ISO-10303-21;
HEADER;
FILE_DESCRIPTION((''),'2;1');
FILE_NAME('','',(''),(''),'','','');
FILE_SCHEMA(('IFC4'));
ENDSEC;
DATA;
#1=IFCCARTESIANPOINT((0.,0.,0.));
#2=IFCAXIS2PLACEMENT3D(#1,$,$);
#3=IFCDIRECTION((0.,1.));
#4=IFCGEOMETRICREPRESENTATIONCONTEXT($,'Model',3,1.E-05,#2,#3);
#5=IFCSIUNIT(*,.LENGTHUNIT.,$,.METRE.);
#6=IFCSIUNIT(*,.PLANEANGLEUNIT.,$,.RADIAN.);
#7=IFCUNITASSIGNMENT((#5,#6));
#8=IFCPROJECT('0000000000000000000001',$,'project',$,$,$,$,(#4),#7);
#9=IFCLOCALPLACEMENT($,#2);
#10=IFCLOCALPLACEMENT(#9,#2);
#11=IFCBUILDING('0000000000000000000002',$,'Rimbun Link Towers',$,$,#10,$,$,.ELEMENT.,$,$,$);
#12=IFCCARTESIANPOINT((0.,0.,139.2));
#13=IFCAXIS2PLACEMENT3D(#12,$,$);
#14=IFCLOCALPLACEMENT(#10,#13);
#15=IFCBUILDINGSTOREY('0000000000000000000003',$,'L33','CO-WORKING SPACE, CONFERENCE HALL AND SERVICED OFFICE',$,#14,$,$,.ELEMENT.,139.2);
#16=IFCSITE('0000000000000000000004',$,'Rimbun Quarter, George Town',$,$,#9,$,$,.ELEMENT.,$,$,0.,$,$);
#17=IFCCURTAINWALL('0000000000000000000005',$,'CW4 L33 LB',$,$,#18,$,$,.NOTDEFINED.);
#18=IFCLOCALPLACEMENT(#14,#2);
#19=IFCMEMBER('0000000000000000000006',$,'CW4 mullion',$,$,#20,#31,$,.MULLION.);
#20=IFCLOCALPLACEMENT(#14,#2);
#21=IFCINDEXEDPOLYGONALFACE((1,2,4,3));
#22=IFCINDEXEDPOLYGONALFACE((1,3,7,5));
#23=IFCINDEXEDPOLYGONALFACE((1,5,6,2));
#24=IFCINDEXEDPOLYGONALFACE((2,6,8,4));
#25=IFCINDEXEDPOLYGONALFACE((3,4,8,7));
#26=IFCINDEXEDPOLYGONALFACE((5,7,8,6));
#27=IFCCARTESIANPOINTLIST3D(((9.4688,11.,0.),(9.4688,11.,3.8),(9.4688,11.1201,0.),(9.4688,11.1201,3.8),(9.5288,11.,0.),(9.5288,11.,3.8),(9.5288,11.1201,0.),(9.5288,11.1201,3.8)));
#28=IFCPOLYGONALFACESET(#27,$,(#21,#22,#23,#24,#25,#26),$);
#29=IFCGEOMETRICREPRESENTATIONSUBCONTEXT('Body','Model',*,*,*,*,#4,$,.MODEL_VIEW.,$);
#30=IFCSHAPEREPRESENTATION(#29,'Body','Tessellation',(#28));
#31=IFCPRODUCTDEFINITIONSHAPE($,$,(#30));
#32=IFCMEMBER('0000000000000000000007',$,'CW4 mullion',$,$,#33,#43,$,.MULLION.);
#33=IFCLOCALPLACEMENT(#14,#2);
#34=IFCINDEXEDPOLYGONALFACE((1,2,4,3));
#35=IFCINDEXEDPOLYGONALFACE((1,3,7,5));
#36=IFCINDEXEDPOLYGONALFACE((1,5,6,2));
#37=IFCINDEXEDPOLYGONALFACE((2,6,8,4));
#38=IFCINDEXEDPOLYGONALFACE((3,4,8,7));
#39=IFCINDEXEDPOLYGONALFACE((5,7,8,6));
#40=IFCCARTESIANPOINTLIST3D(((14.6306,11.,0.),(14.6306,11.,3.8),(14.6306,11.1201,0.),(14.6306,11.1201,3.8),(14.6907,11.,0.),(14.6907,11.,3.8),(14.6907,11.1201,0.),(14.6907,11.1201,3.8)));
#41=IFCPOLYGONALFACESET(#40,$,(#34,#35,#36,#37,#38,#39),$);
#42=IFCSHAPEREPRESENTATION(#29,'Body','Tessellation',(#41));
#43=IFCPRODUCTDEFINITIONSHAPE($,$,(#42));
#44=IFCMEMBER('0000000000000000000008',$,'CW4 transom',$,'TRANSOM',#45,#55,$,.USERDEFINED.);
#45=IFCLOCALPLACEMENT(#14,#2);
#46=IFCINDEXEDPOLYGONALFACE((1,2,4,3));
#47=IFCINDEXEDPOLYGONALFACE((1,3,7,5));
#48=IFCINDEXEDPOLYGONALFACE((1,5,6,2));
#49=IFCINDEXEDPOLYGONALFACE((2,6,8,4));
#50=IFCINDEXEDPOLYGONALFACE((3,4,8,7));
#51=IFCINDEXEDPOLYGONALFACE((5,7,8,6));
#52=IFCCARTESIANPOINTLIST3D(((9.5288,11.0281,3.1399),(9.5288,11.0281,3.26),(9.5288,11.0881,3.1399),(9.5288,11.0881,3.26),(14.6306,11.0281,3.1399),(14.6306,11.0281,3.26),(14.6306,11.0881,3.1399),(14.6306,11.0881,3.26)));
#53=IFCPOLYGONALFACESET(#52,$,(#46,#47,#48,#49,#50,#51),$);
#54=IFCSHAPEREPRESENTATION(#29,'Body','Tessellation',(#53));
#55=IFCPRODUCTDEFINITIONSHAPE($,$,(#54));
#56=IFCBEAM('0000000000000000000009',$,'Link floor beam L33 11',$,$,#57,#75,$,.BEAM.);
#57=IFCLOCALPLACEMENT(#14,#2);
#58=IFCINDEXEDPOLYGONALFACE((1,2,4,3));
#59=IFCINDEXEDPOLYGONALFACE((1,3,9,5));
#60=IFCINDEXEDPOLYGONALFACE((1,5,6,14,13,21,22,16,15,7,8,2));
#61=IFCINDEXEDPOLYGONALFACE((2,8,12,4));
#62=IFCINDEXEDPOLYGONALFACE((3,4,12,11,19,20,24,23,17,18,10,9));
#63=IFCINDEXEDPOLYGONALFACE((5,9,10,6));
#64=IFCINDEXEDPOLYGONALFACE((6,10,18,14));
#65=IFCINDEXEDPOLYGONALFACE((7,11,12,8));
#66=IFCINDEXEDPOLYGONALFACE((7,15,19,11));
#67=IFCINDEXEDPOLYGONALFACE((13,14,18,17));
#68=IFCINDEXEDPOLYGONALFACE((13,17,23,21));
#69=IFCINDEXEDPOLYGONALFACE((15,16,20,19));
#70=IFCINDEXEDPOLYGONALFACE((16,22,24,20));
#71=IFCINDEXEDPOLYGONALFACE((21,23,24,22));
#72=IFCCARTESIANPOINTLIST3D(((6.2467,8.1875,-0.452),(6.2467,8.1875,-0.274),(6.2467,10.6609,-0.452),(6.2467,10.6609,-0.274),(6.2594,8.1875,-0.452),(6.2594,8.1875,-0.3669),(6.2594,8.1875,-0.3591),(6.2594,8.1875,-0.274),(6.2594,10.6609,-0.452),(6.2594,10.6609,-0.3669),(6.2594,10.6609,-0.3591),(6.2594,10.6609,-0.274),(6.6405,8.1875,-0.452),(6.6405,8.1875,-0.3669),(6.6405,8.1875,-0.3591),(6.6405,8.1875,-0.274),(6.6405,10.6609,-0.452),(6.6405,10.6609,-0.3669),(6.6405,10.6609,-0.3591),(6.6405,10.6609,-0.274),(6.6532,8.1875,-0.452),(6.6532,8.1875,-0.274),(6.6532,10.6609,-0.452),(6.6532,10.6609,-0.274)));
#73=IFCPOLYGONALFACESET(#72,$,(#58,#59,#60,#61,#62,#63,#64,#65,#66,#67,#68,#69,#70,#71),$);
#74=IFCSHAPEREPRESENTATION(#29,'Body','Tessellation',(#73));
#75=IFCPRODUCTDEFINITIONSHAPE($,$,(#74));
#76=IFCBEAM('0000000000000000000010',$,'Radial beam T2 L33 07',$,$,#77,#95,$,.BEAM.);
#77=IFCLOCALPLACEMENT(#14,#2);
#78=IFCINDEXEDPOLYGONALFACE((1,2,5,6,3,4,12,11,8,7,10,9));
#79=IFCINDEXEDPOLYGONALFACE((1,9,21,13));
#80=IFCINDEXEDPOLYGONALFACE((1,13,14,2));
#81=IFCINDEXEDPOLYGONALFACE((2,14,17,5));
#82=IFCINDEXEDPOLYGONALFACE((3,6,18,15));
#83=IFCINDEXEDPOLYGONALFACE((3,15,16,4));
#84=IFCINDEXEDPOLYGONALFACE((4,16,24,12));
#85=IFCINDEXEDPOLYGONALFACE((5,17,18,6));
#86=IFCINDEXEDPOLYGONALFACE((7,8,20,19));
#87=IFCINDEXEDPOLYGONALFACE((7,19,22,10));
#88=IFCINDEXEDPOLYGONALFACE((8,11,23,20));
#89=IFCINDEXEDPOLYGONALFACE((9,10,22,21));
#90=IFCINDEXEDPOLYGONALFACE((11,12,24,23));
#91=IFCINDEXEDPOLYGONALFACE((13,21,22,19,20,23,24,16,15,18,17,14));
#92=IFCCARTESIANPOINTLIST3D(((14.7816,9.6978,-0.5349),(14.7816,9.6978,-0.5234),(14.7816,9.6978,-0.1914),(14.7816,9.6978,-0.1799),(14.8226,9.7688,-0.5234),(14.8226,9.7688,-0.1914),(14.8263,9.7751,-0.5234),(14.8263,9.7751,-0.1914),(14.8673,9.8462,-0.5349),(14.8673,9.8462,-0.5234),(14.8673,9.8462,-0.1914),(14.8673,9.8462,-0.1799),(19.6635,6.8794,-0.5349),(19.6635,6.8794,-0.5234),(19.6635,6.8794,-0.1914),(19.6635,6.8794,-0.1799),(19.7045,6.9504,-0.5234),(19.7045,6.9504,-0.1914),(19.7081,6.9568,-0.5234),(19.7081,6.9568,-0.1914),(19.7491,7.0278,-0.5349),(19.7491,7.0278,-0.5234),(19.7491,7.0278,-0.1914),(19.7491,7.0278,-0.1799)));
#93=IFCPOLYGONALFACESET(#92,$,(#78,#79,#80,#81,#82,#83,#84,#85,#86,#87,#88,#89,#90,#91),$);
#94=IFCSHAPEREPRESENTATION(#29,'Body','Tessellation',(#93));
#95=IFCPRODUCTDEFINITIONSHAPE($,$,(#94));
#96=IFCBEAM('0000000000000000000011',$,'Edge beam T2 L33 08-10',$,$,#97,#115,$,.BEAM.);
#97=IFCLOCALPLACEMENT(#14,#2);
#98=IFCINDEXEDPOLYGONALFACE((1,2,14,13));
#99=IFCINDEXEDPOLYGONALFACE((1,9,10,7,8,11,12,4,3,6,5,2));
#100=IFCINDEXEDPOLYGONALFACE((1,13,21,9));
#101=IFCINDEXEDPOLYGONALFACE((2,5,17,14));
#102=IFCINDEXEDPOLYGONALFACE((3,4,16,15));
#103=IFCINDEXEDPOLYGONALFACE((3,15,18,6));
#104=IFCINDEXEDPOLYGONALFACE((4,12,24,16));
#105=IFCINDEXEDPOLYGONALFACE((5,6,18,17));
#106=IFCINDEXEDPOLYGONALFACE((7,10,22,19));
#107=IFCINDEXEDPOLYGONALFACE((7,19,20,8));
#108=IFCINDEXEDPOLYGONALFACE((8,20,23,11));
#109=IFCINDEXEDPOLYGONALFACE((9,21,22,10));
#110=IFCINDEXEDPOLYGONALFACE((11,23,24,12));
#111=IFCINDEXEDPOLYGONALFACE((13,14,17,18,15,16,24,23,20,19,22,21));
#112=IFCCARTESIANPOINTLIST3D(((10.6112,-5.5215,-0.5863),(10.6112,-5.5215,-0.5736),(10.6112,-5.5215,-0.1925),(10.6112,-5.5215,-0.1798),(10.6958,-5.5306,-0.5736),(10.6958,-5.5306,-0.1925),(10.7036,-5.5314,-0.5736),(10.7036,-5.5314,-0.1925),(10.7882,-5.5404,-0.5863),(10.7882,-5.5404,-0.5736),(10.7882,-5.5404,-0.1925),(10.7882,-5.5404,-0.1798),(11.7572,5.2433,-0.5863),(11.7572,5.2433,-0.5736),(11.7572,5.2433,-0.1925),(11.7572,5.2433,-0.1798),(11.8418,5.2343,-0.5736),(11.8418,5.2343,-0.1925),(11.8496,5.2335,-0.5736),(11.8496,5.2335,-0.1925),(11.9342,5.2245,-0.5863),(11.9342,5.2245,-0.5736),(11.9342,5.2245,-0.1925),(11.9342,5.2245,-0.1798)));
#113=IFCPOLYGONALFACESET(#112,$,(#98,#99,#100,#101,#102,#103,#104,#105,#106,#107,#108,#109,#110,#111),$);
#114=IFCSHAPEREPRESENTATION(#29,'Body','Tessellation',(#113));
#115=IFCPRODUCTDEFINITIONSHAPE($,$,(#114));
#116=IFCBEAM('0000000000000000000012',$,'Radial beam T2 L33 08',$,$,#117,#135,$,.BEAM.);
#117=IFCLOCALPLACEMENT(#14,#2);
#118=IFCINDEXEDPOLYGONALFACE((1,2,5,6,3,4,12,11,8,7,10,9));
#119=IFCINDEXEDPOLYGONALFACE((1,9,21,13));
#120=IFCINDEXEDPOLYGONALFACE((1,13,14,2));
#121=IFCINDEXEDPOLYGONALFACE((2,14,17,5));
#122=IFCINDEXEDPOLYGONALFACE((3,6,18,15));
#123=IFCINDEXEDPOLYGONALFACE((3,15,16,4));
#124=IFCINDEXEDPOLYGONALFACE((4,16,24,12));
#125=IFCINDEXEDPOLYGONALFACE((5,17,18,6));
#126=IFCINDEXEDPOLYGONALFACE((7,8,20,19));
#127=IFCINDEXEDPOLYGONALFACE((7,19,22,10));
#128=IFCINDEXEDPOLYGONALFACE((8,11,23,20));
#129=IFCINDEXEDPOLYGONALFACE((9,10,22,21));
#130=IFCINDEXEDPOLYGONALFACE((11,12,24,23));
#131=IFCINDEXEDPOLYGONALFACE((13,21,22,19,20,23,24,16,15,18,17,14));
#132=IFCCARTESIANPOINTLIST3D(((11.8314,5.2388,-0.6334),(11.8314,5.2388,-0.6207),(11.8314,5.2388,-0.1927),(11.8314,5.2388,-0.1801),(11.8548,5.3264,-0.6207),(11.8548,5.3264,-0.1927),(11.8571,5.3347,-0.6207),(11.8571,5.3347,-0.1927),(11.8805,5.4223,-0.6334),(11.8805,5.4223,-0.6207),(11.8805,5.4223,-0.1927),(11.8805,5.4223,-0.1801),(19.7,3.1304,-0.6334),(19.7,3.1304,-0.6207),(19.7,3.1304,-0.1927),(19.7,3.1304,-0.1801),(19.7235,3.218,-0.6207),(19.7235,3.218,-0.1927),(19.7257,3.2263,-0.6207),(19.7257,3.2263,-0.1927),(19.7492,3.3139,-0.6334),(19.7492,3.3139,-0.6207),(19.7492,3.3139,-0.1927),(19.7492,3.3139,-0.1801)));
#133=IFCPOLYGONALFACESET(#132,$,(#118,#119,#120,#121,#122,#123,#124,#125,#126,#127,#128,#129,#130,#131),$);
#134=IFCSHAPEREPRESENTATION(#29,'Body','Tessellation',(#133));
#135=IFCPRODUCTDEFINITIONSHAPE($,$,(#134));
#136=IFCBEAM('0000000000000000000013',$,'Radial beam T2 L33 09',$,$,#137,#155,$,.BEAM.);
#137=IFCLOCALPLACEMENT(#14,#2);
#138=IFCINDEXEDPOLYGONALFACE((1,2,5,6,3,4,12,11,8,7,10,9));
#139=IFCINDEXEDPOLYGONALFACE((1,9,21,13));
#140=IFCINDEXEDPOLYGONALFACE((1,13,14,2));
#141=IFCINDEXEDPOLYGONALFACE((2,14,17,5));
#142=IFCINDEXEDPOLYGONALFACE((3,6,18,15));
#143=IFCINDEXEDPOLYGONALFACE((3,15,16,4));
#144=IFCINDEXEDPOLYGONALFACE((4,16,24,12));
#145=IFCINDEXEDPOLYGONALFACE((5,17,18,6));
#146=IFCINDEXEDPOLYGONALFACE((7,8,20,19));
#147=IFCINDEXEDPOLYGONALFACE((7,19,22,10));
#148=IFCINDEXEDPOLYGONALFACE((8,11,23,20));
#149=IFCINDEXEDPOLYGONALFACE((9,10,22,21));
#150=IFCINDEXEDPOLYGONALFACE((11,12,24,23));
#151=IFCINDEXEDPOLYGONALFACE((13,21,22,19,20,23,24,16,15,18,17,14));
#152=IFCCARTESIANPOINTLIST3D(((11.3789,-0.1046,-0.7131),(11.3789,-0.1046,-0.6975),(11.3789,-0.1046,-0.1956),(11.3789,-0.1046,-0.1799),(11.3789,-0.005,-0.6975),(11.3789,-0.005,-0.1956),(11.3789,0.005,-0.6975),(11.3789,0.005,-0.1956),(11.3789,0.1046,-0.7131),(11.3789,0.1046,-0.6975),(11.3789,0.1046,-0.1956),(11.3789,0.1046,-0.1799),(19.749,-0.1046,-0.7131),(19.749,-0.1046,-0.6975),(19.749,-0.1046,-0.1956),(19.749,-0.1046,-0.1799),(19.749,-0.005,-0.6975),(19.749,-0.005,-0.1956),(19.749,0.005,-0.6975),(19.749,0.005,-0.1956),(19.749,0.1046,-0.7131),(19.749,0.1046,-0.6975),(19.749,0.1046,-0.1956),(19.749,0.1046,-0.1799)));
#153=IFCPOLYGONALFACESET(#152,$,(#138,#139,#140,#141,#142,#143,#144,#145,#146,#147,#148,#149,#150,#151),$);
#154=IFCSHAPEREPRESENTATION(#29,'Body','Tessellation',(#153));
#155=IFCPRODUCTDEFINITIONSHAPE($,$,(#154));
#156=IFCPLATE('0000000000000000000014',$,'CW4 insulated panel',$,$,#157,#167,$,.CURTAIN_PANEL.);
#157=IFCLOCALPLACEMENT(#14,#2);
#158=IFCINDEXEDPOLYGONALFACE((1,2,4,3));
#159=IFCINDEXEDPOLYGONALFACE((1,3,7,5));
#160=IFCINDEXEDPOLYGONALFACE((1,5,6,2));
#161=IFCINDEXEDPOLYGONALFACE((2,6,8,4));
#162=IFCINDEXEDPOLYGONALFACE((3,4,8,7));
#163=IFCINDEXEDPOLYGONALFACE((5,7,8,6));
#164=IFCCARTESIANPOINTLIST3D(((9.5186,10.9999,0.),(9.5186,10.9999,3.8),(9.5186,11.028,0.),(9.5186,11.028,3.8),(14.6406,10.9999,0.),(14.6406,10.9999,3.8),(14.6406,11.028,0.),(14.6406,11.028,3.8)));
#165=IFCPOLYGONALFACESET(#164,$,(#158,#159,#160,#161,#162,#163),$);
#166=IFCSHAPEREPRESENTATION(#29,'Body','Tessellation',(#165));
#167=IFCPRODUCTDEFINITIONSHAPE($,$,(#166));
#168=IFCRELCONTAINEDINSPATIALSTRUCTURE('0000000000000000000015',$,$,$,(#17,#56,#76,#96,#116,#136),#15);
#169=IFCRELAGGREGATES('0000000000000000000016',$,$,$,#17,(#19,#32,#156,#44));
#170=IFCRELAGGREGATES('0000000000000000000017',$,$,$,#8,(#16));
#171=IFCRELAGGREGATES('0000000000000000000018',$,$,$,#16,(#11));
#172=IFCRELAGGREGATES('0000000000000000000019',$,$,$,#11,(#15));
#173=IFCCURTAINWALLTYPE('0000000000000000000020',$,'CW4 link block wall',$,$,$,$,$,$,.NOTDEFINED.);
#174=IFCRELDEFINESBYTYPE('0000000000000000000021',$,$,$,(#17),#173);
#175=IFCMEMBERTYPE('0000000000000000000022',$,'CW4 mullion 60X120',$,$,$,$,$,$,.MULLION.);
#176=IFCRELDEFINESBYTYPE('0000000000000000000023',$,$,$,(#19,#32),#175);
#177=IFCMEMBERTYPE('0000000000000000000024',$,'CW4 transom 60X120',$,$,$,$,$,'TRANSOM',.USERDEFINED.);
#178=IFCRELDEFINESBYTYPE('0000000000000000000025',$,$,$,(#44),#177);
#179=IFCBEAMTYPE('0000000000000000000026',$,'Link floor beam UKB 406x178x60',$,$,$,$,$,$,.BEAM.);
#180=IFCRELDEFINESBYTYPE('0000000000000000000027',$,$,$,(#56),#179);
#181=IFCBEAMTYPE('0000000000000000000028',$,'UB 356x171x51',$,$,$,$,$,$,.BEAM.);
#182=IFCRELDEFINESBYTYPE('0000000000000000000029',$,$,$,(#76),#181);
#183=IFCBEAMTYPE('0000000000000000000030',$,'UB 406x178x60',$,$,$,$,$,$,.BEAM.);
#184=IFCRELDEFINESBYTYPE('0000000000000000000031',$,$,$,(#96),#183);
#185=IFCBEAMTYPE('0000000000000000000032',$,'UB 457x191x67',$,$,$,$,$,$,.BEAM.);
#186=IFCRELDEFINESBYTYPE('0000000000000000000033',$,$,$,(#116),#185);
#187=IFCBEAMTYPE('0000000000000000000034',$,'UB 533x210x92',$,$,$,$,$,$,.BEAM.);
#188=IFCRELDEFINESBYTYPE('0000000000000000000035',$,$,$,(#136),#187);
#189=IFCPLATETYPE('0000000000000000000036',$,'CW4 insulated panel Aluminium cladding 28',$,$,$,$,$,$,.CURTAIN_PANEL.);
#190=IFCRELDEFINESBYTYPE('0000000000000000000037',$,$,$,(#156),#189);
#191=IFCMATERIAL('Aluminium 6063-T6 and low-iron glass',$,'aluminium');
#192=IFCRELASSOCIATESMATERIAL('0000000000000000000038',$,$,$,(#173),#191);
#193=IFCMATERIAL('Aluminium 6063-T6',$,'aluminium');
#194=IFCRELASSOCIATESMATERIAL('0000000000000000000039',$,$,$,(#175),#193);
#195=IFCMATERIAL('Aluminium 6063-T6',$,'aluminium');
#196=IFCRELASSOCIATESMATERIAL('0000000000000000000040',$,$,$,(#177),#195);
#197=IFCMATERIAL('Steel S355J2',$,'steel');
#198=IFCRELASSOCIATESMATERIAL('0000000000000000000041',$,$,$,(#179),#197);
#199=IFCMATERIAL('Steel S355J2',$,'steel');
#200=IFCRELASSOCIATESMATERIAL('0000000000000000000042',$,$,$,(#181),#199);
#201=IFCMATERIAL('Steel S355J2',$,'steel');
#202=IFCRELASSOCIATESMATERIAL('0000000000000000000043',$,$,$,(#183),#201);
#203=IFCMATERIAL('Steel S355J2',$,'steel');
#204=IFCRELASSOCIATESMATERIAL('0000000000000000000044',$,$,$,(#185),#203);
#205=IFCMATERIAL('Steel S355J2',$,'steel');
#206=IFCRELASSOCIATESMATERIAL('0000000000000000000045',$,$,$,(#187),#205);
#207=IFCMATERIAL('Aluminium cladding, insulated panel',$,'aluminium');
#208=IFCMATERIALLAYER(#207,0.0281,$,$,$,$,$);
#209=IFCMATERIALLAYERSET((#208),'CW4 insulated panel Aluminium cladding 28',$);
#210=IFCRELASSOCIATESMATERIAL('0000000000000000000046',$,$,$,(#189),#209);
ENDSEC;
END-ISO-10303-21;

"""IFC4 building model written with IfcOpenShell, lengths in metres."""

from ifc_helpers import new_model, si_unit, direction, frame, origin, origin_2d, place, context, subcontext, project, spatial, rectangle, i_section, extrude, material, layer, layer_set, material_profile, profile_set, type_object, element, aggregate, save


model = new_model("IFC4")

# Units and contexts
model_context = context("Model", 3, precision=1e-05, world=origin(), true_north=direction((0.0, 1.0)))
body_context = subcontext(model_context, "Body", "Model", "MODEL_VIEW")
ifc_project = project(units=[si_unit("LENGTHUNIT", "METRE"), si_unit("PLANEANGLEUNIT", "RADIAN")], contexts=[model_context])

# Site, building, storey
site_placement = place(None, origin())
site = spatial("IfcSite", under=ifc_project, at=site_placement, Name="Rimbun Quarter, George Town", CompositionType="ELEMENT", RefElevation=0.0)
building_placement = place(site_placement, origin())
building = spatial("IfcBuilding", under=site, at=building_placement, Name="Rimbun Link Towers", CompositionType="ELEMENT")
storey_placement = place(building_placement, frame((0.0, 0.0, 139.2)))
storey = spatial("IfcBuildingStorey", under=building, at=storey_placement, Name="L33", Description="CO-WORKING SPACE, CONFERENCE HALL AND SERVICED OFFICE", CompositionType="ELEMENT", Elevation=139.2)

# Curtain wall, members
ifc_material_1 = material(Name="Aluminium 6063-T6 and low-iron glass", Category="aluminium")
curtain_wall_type = type_object("IfcCurtainWallType", Name="CW4 link block wall", PredefinedType="NOTDEFINED", material=ifc_material_1)
curtain_wall_placement = place(storey_placement, origin())
curtain_wall = element("IfcCurtainWall", 1, at=curtain_wall_placement, inside=storey, type_object=curtain_wall_type, Name="CW4 L33 LB", PredefinedType="NOTDEFINED")
ifc_material_2 = material(Name="Aluminium 6063-T6", Category="aluminium")
ifc_material_profile_1 = material_profile(ifc_material_2, rectangle(XDim=0.1201, YDim=0.0601, at=origin_2d()), Name="MULLION 60X120")
ifc_profile_set_1 = profile_set([ifc_material_profile_1], Name="Aluminium 6063-T6")
member_type_1 = type_object("IfcMemberType", Name="CW4 mullion 60X120", PredefinedType="MULLION", material=ifc_profile_set_1)
member_1_placement = place(storey_placement, frame((9.4988, 11.0601, 0.0), z_axis=(0.0, 0.0, 1.0), x_axis=(0.0, 1.0, 0.0)))
member_1 = element("IfcMember", 2, at=member_1_placement, type_object=member_type_1, Name="CW4 mullion", PredefinedType="MULLION", context=body_context, shape_type="SweptSolid", body=[
    extrude(rectangle(XDim=0.1201, YDim=0.0601, at=origin_2d()), origin(), (0.0, 0.0, 1.0), 3.8),
])
member_2_placement = place(storey_placement, frame((14.6606, 11.0601, 0.0), z_axis=(0.0, 0.0, 1.0), x_axis=(0.0, 1.0, 0.0)))
member_2 = element("IfcMember", 3, at=member_2_placement, type_object=member_type_1, Name="CW4 mullion", PredefinedType="MULLION", context=body_context, shape_type="SweptSolid", body=[
    extrude(rectangle(XDim=0.1201, YDim=0.0601, at=origin_2d()), origin(), (0.0, 0.0, 1.0), 3.8),
])
ifc_material_3 = material(Name="Aluminium 6063-T6", Category="aluminium")
ifc_material_profile_2 = material_profile(ifc_material_3, rectangle(XDim=0.0601, YDim=0.1201, at=origin_2d()), Name="TRANSOM 60X120")
ifc_profile_set_2 = profile_set([ifc_material_profile_2], Name="Aluminium 6063-T6")
member_type_2 = type_object("IfcMemberType", Name="CW4 transom 60X120", ElementType="TRANSOM", PredefinedType="USERDEFINED", material=ifc_profile_set_2)
member_3_placement = place(storey_placement, frame((9.5288, 11.0581, 3.2), z_axis=(1.0, 0.0, 0.0), x_axis=(0.0, 1.0, 0.0)))
member_3 = element("IfcMember", 4, at=member_3_placement, type_object=member_type_2, Name="CW4 transom", ObjectType="TRANSOM", PredefinedType="USERDEFINED", context=body_context, shape_type="SweptSolid", body=[
    extrude(rectangle(XDim=0.0601, YDim=0.1201, at=origin_2d()), origin(), (0.0, 0.0, 1.0), 5.1018),
])

# Beams
ifc_material_4 = material(Name="Steel S355J2", Category="steel")
ifc_material_profile_3 = material_profile(ifc_material_4, i_section(OverallWidth=0.178, OverallDepth=0.4065, WebThickness=0.0078, FlangeThickness=0.0127, at=origin_2d()), Name="UKB 406x178x60")
ifc_profile_set_3 = profile_set([ifc_material_profile_3], Name="Steel S355J2")
beam_type_1 = type_object("IfcBeamType", Name="Link floor beam UKB 406x178x60", PredefinedType="BEAM", material=ifc_profile_set_3)
beam_1_placement = place(storey_placement, frame((6.45, 8.1875, -0.363), z_axis=(0.0, 1.0, 0.0), x_axis=(0.0, 0.0, 1.0)))
element("IfcBeam", 5, at=beam_1_placement, inside=storey, type_object=beam_type_1, Name="Link floor beam L33 11", PredefinedType="BEAM", context=body_context, shape_type="SweptSolid", body=[
    extrude(i_section(OverallWidth=0.178, OverallDepth=0.4065, WebThickness=0.0078, FlangeThickness=0.0127, at=origin_2d()), origin(), (0.0, 0.0, 1.0), 2.4734),
])
ifc_material_5 = material(Name="Steel S355J2", Category="steel")
ifc_material_profile_4 = material_profile(ifc_material_5, i_section(OverallWidth=0.1714, OverallDepth=0.355, WebThickness=0.0073, FlangeThickness=0.0115, at=origin_2d()), Name="UB 356x171x51")
ifc_profile_set_4 = profile_set([ifc_material_profile_4], Name="Steel S355J2")
beam_type_2 = type_object("IfcBeamType", Name="UB 356x171x51", PredefinedType="BEAM", material=ifc_profile_set_4)
beam_2_placement = place(storey_placement, frame((19.7063, 6.9536, -0.3574), z_axis=(-0.866038, 0.499977, 0.0), x_axis=(-0.499977, -0.866038, 0.0)))
element("IfcBeam", 6, at=beam_2_placement, inside=storey, type_object=beam_type_2, Name="Radial beam T2 L33 07", PredefinedType="BEAM", context=body_context, shape_type="SweptSolid", body=[
    extrude(i_section(OverallWidth=0.1714, OverallDepth=0.355, WebThickness=0.0073, FlangeThickness=0.0115, at=origin_2d()), origin(), (0.0, 0.0, 1.0), 5.637),
])
ifc_material_6 = material(Name="Steel S355J2", Category="steel")
ifc_material_profile_5 = material_profile(ifc_material_6, i_section(OverallWidth=0.178, OverallDepth=0.4065, WebThickness=0.0078, FlangeThickness=0.0127, at=origin_2d()), Name="UB 406x178x60")
ifc_profile_set_5 = profile_set([ifc_material_profile_5], Name="Steel S355J2")
beam_type_3 = type_object("IfcBeamType", Name="UB 406x178x60", PredefinedType="BEAM", material=ifc_profile_set_5)
beam_3_placement = place(storey_placement, frame((11.8457, 5.2339, -0.3831), z_axis=(-0.105859, -0.994381, 0.0), x_axis=(0.994381, -0.105859, 0.0)))
element("IfcBeam", 7, at=beam_3_placement, inside=storey, type_object=beam_type_3, Name="Edge beam T2 L33 08-10", PredefinedType="BEAM", context=body_context, shape_type="SweptSolid", body=[
    extrude(i_section(OverallWidth=0.178, OverallDepth=0.4065, WebThickness=0.0078, FlangeThickness=0.0127, at=origin_2d()), origin(), (0.0, 0.0, 1.0), 10.8257),
])
ifc_material_7 = material(Name="Steel S355J2", Category="steel")
ifc_material_profile_6 = material_profile(ifc_material_7, i_section(OverallWidth=0.1899, OverallDepth=0.4534, WebThickness=0.0085, FlangeThickness=0.0127, at=origin_2d()), Name="UB 457x191x67")
ifc_profile_set_6 = profile_set([ifc_material_profile_6], Name="Steel S355J2")
beam_type_4 = type_object("IfcBeamType", Name="UB 457x191x67", PredefinedType="BEAM", material=ifc_profile_set_6)
beam_4_placement = place(storey_placement, frame((19.7246, 3.2222, -0.4067), z_axis=(-0.965926, 0.258819, 0.0), x_axis=(-0.258819, -0.965926, 0.0)))
element("IfcBeam", 8, at=beam_4_placement, inside=storey, type_object=beam_type_4, Name="Radial beam T2 L33 08", PredefinedType="BEAM", context=body_context, shape_type="SweptSolid", body=[
    extrude(i_section(OverallWidth=0.1899, OverallDepth=0.4534, WebThickness=0.0085, FlangeThickness=0.0127, at=origin_2d()), origin(), (0.0, 0.0, 1.0), 8.1462),
])
ifc_material_8 = material(Name="Steel S355J2", Category="steel")
ifc_material_profile_7 = material_profile(ifc_material_8, i_section(OverallWidth=0.2092, OverallDepth=0.5332, WebThickness=0.01, FlangeThickness=0.0156, at=origin_2d()), Name="UB 533x210x92")
ifc_profile_set_7 = profile_set([ifc_material_profile_7], Name="Steel S355J2")
beam_type_5 = type_object("IfcBeamType", Name="UB 533x210x92", PredefinedType="BEAM", material=ifc_profile_set_7)
beam_5_placement = place(storey_placement, frame((19.749, 0.0, -0.4465), z_axis=(-1.0, 0.0, 0.0), x_axis=(0.0, -1.0, 0.0)))
element("IfcBeam", 9, at=beam_5_placement, inside=storey, type_object=beam_type_5, Name="Radial beam T2 L33 09", PredefinedType="BEAM", context=body_context, shape_type="SweptSolid", body=[
    extrude(i_section(OverallWidth=0.2092, OverallDepth=0.5332, WebThickness=0.01, FlangeThickness=0.0156, at=origin_2d()), origin(), (0.0, 0.0, 1.0), 8.3701),
])

# Plate
ifc_material_9 = material(Name="Aluminium cladding, insulated panel", Category="aluminium")
ifc_layer_1 = layer(ifc_material_9, 0.0281)
ifc_layer_set_1 = layer_set([ifc_layer_1], Name="CW4 insulated panel Aluminium cladding 28")
plate_type_1 = type_object("IfcPlateType", Name="CW4 insulated panel Aluminium cladding 28", PredefinedType="CURTAIN_PANEL", material=ifc_layer_set_1)
plate_1_placement = place(storey_placement, frame((12.0796, 11.0139, 0.0), z_axis=(0.0, 0.0, 1.0), x_axis=(1.0, 0.0, 0.0)))
plate_1 = element("IfcPlate", 10, at=plate_1_placement, type_object=plate_type_1, Name="CW4 insulated panel", PredefinedType="CURTAIN_PANEL", context=body_context, shape_type="SweptSolid", body=[
    extrude(rectangle(XDim=5.1221, YDim=0.0281, at=origin_2d()), origin(), (0.0, 0.0, 1.0), 3.8),
])
aggregate(curtain_wall, [member_1, member_2, plate_1, member_3])

save(model, "model.ifc")
